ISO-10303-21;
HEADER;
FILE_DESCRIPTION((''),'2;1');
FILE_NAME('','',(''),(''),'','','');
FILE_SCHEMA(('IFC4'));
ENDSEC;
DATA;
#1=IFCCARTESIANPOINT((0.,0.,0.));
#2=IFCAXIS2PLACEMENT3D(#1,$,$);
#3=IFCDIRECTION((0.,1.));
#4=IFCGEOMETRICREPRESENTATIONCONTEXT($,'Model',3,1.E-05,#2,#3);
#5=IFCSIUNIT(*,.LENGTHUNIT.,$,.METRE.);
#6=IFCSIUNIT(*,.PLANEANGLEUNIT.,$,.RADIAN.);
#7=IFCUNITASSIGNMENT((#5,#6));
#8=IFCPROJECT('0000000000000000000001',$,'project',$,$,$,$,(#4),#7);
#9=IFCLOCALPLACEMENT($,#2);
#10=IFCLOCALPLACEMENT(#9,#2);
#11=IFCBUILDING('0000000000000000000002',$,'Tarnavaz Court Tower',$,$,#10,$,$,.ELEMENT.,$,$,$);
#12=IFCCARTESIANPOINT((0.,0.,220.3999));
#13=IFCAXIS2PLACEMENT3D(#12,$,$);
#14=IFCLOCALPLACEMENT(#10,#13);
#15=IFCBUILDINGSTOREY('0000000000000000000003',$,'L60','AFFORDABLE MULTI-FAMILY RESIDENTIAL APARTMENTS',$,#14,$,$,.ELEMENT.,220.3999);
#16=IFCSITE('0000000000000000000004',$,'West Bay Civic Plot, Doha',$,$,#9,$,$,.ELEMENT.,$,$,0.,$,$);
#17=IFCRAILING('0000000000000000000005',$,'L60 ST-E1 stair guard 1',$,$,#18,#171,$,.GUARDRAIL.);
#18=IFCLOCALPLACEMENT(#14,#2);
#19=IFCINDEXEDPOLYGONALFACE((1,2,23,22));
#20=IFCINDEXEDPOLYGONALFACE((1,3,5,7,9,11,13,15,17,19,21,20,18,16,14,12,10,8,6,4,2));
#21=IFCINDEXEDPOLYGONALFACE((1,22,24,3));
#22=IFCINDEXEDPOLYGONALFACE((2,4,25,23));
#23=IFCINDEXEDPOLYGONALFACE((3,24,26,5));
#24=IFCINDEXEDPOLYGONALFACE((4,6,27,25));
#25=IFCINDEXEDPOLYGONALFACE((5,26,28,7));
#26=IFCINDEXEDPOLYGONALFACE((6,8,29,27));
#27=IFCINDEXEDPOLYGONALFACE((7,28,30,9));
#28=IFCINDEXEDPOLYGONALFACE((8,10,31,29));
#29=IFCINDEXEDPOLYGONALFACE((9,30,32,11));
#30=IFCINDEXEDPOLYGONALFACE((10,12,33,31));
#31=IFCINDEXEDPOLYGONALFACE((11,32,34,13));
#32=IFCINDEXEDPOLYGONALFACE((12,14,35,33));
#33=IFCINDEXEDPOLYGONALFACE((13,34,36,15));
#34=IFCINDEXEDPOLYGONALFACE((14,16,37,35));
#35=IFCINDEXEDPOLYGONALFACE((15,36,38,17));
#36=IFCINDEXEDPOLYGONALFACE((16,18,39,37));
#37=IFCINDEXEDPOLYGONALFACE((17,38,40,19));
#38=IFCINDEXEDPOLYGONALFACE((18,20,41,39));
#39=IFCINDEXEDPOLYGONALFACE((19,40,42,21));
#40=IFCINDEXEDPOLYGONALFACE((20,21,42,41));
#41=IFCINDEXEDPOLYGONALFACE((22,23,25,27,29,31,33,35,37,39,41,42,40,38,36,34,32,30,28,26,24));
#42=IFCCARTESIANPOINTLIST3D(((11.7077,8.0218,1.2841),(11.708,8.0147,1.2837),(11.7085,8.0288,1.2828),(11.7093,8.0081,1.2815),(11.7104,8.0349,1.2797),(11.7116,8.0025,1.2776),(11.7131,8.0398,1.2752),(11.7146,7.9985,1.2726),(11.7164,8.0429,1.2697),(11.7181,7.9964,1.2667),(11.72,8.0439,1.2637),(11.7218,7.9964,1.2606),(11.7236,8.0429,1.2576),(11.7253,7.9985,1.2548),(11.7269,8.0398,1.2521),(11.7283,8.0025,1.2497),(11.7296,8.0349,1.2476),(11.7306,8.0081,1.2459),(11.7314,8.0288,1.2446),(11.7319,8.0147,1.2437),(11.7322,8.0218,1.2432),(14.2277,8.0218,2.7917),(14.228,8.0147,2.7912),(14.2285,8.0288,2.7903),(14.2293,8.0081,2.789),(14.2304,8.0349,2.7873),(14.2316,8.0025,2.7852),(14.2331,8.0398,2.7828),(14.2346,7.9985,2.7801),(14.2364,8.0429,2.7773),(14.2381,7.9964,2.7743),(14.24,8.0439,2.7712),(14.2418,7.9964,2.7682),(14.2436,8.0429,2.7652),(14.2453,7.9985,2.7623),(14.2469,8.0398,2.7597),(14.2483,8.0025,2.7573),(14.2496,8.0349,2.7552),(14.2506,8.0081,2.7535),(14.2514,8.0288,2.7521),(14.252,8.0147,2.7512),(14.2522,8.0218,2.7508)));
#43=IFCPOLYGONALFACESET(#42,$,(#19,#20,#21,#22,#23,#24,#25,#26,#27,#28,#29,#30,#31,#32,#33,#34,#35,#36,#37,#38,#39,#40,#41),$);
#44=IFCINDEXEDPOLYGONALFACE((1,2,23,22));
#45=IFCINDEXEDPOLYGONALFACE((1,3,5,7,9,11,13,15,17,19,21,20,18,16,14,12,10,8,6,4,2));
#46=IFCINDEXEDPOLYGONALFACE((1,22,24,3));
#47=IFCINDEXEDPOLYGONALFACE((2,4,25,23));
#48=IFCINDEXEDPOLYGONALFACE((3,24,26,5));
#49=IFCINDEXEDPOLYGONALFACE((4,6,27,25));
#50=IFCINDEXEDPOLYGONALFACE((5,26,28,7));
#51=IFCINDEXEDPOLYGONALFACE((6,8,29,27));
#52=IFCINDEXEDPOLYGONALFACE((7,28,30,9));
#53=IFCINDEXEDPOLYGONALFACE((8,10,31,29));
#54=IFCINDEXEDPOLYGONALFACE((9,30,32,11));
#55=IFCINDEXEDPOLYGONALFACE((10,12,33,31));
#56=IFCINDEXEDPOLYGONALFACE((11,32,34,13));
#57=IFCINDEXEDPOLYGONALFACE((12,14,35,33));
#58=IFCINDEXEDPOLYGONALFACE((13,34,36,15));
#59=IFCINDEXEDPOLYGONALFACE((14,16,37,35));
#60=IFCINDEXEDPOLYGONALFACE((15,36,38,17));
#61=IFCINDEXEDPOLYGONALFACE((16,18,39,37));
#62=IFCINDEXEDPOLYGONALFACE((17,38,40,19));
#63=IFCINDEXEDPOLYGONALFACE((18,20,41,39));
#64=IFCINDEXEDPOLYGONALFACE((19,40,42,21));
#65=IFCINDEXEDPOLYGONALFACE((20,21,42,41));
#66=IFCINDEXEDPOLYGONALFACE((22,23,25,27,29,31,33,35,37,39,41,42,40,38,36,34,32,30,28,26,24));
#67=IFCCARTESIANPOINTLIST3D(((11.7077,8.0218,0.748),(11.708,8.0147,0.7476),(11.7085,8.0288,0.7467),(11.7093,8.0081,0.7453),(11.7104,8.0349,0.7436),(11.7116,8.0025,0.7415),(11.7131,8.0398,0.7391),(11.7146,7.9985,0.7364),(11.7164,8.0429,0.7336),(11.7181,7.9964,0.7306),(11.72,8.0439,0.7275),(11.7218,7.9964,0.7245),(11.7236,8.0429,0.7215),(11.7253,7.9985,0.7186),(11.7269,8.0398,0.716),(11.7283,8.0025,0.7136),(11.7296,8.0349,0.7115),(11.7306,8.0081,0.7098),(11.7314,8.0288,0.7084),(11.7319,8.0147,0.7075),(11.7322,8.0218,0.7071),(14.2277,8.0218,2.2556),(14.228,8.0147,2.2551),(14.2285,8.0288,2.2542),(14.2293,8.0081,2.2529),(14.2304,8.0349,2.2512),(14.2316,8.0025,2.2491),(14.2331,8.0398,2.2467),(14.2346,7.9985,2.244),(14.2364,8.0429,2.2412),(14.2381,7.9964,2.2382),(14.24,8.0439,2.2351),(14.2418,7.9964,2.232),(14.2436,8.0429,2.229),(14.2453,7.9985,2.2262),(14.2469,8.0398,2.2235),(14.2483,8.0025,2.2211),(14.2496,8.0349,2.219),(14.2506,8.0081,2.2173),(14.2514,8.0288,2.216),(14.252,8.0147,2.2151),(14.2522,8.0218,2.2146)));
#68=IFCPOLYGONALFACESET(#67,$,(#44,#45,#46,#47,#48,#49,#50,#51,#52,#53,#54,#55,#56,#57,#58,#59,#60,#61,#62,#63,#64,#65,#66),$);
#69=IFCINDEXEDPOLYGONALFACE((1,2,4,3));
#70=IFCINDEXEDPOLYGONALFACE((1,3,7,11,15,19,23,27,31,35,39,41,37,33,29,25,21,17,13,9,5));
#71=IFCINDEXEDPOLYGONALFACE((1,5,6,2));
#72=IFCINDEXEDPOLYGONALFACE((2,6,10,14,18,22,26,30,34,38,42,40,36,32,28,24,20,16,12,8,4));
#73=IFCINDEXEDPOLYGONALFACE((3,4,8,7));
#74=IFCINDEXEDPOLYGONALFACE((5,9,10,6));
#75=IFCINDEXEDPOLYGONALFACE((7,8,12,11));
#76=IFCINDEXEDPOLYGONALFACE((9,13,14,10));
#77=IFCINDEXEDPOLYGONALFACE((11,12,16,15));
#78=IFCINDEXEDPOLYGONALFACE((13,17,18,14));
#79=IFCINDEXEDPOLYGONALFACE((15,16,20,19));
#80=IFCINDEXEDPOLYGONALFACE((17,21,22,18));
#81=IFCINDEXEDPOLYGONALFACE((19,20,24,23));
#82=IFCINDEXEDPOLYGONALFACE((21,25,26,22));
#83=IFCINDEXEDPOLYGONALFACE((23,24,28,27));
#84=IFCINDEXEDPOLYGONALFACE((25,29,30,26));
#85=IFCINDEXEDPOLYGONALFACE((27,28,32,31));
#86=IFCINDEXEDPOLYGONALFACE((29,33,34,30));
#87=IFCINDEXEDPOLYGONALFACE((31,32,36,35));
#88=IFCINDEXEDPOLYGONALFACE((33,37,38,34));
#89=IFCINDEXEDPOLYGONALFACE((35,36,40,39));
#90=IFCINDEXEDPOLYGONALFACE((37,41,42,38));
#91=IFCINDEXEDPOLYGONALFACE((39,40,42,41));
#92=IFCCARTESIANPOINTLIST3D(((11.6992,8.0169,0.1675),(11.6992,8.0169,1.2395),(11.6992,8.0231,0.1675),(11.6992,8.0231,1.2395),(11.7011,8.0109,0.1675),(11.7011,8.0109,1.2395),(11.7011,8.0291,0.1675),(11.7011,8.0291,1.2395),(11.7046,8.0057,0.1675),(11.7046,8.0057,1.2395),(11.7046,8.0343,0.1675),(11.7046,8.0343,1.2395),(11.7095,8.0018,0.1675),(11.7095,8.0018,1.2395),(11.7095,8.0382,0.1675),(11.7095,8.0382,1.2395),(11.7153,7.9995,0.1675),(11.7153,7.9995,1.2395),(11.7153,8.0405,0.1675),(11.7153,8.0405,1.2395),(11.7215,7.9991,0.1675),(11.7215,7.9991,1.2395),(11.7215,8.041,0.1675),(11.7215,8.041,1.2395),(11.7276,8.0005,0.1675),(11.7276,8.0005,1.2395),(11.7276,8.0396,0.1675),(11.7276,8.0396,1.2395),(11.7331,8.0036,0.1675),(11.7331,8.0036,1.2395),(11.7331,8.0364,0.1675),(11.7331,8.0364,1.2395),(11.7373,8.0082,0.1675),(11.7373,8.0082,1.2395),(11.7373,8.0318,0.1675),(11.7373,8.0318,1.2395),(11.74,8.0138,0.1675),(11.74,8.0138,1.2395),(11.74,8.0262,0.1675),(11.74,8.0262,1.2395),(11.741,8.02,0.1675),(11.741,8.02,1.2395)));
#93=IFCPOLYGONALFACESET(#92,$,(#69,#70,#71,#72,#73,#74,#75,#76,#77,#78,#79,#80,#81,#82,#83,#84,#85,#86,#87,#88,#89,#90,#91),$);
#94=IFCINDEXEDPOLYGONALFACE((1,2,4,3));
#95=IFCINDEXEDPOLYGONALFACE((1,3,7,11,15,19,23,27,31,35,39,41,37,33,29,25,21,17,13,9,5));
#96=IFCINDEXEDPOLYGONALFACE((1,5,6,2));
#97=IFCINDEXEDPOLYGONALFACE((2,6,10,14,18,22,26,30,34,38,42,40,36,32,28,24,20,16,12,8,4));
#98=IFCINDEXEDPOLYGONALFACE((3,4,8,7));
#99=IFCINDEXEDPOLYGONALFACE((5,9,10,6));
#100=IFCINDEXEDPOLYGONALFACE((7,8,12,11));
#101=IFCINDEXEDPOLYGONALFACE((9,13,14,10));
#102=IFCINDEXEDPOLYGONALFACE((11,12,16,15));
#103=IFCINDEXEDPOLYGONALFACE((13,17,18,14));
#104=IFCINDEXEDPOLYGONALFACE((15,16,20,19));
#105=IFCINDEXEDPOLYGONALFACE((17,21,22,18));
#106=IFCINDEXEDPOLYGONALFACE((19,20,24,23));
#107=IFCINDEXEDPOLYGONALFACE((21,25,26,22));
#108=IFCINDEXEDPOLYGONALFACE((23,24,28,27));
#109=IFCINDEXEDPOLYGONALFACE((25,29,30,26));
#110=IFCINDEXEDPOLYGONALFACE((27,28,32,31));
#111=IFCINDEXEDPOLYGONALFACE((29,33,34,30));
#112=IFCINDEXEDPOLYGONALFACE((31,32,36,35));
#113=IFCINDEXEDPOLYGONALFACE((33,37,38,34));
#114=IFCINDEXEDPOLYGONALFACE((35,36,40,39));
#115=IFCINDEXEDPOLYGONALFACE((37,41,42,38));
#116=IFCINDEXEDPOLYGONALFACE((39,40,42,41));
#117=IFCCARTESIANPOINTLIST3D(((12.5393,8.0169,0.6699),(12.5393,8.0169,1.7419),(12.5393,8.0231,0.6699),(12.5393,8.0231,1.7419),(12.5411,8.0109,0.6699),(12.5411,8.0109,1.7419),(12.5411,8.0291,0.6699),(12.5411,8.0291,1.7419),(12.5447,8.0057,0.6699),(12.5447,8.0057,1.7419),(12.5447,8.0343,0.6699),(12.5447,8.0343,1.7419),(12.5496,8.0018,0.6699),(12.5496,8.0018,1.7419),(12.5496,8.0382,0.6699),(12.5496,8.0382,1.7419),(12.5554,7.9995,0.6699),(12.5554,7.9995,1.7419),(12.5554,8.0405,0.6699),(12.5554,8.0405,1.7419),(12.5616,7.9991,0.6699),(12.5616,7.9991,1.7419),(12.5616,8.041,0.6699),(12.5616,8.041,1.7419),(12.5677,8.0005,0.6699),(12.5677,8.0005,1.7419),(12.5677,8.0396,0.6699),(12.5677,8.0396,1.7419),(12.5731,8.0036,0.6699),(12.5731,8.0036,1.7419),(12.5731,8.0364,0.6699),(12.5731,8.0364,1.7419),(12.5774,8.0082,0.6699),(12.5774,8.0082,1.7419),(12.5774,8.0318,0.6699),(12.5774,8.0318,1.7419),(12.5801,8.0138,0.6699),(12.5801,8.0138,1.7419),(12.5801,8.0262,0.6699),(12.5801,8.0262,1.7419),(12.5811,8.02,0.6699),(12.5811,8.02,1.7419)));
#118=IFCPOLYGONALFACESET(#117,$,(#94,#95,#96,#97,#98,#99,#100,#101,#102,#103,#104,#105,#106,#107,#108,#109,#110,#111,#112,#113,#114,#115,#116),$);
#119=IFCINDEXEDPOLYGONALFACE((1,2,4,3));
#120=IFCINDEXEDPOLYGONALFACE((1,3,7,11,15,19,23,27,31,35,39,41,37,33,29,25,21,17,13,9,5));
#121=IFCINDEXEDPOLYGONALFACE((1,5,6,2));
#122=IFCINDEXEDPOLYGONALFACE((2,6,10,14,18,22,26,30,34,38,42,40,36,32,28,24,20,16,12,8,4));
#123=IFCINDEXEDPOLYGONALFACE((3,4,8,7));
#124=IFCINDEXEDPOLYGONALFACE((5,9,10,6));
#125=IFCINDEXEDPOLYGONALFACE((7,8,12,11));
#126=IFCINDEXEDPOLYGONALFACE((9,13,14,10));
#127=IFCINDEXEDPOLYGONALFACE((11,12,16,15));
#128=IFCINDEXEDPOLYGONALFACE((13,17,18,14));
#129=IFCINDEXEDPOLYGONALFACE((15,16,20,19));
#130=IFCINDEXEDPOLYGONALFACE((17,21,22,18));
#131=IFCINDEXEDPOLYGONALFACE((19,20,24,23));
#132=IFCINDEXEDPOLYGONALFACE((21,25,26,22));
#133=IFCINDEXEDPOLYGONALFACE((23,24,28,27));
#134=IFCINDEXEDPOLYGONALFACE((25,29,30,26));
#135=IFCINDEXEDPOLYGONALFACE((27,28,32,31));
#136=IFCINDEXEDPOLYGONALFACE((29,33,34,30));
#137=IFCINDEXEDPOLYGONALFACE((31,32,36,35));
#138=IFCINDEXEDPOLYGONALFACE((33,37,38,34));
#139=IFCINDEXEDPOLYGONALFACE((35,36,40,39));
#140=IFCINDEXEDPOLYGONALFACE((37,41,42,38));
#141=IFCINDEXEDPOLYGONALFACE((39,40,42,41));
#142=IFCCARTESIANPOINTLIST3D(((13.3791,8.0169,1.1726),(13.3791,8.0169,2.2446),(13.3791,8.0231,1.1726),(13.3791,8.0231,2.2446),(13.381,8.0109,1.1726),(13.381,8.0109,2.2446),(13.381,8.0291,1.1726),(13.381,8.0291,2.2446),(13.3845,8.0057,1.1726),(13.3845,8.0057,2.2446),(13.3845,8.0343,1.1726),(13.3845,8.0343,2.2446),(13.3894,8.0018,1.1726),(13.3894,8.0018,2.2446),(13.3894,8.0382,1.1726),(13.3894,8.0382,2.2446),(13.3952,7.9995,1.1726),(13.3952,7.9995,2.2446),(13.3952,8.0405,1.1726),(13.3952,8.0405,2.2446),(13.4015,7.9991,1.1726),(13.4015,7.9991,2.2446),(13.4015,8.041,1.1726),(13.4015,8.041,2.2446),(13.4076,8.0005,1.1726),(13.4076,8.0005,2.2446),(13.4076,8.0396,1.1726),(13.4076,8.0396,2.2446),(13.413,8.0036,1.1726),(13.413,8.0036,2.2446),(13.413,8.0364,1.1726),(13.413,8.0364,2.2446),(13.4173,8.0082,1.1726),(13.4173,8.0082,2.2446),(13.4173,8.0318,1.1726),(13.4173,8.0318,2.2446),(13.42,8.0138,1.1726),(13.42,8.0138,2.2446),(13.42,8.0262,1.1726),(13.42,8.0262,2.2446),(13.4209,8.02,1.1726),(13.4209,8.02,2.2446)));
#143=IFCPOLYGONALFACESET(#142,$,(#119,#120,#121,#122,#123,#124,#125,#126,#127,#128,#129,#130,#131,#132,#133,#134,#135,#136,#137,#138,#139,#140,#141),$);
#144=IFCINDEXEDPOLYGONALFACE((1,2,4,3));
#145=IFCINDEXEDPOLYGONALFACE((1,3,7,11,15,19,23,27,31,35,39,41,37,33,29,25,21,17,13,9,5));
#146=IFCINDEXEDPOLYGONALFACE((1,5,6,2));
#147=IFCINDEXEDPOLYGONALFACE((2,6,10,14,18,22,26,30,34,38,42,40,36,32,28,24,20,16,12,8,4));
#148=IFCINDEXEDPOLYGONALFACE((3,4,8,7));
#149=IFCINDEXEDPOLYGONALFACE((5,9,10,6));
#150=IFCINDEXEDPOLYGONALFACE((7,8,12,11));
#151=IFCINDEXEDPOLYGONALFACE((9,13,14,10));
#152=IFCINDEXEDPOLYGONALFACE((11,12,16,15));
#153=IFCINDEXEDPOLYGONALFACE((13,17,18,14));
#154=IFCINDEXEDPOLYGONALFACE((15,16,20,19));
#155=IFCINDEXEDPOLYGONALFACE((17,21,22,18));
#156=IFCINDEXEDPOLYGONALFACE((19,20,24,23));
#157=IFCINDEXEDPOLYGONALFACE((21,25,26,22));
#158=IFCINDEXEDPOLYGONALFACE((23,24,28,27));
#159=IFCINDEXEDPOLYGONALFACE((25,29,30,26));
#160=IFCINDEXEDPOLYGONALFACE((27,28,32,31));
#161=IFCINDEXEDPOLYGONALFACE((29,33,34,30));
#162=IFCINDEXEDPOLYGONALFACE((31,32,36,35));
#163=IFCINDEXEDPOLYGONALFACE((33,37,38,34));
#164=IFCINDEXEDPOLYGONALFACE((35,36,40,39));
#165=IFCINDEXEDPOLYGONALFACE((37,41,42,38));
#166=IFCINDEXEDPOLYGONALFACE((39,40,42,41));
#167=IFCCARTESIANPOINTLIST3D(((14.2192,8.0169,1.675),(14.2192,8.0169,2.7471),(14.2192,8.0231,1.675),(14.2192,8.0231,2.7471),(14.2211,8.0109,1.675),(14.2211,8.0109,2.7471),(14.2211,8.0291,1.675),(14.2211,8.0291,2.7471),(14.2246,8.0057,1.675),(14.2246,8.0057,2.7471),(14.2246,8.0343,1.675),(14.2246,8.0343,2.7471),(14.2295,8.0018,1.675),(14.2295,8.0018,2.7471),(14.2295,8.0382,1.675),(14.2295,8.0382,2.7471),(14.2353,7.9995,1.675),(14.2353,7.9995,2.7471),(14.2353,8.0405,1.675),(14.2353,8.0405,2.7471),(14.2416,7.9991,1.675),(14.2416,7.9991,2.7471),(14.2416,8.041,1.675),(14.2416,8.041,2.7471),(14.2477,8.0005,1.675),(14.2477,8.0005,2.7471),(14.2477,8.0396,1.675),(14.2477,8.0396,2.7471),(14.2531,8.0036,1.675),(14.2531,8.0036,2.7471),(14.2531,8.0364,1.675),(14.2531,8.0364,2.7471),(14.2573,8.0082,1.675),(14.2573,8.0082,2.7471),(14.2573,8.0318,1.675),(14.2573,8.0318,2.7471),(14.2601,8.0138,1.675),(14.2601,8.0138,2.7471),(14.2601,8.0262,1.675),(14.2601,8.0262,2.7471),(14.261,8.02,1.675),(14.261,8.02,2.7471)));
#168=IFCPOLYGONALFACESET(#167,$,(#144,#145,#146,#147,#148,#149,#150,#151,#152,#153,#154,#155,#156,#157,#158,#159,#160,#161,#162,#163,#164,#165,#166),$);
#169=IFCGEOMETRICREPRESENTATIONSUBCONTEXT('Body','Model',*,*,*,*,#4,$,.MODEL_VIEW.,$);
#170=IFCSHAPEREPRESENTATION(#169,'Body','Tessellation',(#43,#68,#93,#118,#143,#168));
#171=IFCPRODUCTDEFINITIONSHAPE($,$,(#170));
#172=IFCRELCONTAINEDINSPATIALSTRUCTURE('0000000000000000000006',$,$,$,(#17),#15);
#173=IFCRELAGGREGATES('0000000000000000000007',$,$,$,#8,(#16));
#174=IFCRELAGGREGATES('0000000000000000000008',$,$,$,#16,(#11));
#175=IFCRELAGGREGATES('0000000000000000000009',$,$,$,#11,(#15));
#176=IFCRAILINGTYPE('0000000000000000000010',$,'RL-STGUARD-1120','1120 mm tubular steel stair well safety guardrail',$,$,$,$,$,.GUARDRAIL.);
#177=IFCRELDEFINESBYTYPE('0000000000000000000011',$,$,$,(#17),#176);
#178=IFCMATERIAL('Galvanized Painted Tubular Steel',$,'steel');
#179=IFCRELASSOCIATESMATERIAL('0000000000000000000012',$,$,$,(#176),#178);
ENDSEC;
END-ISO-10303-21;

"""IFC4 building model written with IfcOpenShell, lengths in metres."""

from ifc_helpers import new_model, si_unit, direction, frame, origin, origin_2d, place, context, subcontext, project, spatial, circle, extrude, material, type_object, element, save


model = new_model("IFC4")

# Units and contexts
model_context = context("Model", 3, precision=1e-05, world=origin(), true_north=direction((0.0, 1.0)))
body_context = subcontext(model_context, "Body", "Model", "MODEL_VIEW")
ifc_project = project(units=[si_unit("LENGTHUNIT", "METRE"), si_unit("PLANEANGLEUNIT", "RADIAN")], contexts=[model_context])

# Site, building, storey
site_placement = place(None, origin())
site = spatial("IfcSite", under=ifc_project, at=site_placement, Name="West Bay Civic Plot, Doha", CompositionType="ELEMENT", RefElevation=0.0)
building_placement = place(site_placement, origin())
building = spatial("IfcBuilding", under=site, at=building_placement, Name="Tarnavaz Court Tower", CompositionType="ELEMENT")
storey_placement = place(building_placement, frame((0.0, 0.0, 220.3999)))
storey = spatial("IfcBuildingStorey", under=building, at=storey_placement, Name="L60", Description="AFFORDABLE MULTI-FAMILY RESIDENTIAL APARTMENTS", CompositionType="ELEMENT", Elevation=220.3999)

# Railing
ifc_material_1 = material(Name="Galvanized Painted Tubular Steel", Category="steel")
railing_type_1 = type_object("IfcRailingType", Name="RL-STGUARD-1120", Description="1120 mm tubular steel stair well safety guardrail", PredefinedType="GUARDRAIL", material=ifc_material_1)
railing_1_placement = place(storey_placement, frame((11.72, 8.02, 0.1675)))
element("IfcRailing", 1, at=railing_1_placement, inside=storey, type_object=railing_type_1, Name="L60 ST-E1 stair guard 1", PredefinedType="GUARDRAIL", context=body_context, shape_type="SweptSolid", body=[
    extrude(circle(Radius=0.0239, at=origin_2d()), frame((0.0, 0.0, 1.0962), z_axis=(0.85816, 0.0, 0.513383), x_axis=(0.0, 1.0, 0.0)), (0.0, 0.0, 1.0), 2.9365),
    extrude(circle(Radius=0.0239, at=origin_2d()), frame((0.0, 0.0, 0.5601), z_axis=(0.85816, 0.0, 0.513383), x_axis=(0.0, 1.0, 0.0)), (0.0, 0.0, 1.0), 2.9365),
    extrude(circle(Radius=0.021, at=origin_2d()), origin(), (0.0, 0.0, 1.0), 1.072),
    extrude(circle(Radius=0.021, at=origin_2d()), frame((0.8401, 0.0, 0.5024)), (0.0, 0.0, 1.0), 1.072),
    extrude(circle(Radius=0.021, at=origin_2d()), frame((1.6799, 0.0, 1.0051)), (0.0, 0.0, 1.0), 1.072),
    extrude(circle(Radius=0.021, at=origin_2d()), frame((2.52, 0.0, 1.5076)), (0.0, 0.0, 1.0), 1.072),
])

save(model, "model.ifc")
